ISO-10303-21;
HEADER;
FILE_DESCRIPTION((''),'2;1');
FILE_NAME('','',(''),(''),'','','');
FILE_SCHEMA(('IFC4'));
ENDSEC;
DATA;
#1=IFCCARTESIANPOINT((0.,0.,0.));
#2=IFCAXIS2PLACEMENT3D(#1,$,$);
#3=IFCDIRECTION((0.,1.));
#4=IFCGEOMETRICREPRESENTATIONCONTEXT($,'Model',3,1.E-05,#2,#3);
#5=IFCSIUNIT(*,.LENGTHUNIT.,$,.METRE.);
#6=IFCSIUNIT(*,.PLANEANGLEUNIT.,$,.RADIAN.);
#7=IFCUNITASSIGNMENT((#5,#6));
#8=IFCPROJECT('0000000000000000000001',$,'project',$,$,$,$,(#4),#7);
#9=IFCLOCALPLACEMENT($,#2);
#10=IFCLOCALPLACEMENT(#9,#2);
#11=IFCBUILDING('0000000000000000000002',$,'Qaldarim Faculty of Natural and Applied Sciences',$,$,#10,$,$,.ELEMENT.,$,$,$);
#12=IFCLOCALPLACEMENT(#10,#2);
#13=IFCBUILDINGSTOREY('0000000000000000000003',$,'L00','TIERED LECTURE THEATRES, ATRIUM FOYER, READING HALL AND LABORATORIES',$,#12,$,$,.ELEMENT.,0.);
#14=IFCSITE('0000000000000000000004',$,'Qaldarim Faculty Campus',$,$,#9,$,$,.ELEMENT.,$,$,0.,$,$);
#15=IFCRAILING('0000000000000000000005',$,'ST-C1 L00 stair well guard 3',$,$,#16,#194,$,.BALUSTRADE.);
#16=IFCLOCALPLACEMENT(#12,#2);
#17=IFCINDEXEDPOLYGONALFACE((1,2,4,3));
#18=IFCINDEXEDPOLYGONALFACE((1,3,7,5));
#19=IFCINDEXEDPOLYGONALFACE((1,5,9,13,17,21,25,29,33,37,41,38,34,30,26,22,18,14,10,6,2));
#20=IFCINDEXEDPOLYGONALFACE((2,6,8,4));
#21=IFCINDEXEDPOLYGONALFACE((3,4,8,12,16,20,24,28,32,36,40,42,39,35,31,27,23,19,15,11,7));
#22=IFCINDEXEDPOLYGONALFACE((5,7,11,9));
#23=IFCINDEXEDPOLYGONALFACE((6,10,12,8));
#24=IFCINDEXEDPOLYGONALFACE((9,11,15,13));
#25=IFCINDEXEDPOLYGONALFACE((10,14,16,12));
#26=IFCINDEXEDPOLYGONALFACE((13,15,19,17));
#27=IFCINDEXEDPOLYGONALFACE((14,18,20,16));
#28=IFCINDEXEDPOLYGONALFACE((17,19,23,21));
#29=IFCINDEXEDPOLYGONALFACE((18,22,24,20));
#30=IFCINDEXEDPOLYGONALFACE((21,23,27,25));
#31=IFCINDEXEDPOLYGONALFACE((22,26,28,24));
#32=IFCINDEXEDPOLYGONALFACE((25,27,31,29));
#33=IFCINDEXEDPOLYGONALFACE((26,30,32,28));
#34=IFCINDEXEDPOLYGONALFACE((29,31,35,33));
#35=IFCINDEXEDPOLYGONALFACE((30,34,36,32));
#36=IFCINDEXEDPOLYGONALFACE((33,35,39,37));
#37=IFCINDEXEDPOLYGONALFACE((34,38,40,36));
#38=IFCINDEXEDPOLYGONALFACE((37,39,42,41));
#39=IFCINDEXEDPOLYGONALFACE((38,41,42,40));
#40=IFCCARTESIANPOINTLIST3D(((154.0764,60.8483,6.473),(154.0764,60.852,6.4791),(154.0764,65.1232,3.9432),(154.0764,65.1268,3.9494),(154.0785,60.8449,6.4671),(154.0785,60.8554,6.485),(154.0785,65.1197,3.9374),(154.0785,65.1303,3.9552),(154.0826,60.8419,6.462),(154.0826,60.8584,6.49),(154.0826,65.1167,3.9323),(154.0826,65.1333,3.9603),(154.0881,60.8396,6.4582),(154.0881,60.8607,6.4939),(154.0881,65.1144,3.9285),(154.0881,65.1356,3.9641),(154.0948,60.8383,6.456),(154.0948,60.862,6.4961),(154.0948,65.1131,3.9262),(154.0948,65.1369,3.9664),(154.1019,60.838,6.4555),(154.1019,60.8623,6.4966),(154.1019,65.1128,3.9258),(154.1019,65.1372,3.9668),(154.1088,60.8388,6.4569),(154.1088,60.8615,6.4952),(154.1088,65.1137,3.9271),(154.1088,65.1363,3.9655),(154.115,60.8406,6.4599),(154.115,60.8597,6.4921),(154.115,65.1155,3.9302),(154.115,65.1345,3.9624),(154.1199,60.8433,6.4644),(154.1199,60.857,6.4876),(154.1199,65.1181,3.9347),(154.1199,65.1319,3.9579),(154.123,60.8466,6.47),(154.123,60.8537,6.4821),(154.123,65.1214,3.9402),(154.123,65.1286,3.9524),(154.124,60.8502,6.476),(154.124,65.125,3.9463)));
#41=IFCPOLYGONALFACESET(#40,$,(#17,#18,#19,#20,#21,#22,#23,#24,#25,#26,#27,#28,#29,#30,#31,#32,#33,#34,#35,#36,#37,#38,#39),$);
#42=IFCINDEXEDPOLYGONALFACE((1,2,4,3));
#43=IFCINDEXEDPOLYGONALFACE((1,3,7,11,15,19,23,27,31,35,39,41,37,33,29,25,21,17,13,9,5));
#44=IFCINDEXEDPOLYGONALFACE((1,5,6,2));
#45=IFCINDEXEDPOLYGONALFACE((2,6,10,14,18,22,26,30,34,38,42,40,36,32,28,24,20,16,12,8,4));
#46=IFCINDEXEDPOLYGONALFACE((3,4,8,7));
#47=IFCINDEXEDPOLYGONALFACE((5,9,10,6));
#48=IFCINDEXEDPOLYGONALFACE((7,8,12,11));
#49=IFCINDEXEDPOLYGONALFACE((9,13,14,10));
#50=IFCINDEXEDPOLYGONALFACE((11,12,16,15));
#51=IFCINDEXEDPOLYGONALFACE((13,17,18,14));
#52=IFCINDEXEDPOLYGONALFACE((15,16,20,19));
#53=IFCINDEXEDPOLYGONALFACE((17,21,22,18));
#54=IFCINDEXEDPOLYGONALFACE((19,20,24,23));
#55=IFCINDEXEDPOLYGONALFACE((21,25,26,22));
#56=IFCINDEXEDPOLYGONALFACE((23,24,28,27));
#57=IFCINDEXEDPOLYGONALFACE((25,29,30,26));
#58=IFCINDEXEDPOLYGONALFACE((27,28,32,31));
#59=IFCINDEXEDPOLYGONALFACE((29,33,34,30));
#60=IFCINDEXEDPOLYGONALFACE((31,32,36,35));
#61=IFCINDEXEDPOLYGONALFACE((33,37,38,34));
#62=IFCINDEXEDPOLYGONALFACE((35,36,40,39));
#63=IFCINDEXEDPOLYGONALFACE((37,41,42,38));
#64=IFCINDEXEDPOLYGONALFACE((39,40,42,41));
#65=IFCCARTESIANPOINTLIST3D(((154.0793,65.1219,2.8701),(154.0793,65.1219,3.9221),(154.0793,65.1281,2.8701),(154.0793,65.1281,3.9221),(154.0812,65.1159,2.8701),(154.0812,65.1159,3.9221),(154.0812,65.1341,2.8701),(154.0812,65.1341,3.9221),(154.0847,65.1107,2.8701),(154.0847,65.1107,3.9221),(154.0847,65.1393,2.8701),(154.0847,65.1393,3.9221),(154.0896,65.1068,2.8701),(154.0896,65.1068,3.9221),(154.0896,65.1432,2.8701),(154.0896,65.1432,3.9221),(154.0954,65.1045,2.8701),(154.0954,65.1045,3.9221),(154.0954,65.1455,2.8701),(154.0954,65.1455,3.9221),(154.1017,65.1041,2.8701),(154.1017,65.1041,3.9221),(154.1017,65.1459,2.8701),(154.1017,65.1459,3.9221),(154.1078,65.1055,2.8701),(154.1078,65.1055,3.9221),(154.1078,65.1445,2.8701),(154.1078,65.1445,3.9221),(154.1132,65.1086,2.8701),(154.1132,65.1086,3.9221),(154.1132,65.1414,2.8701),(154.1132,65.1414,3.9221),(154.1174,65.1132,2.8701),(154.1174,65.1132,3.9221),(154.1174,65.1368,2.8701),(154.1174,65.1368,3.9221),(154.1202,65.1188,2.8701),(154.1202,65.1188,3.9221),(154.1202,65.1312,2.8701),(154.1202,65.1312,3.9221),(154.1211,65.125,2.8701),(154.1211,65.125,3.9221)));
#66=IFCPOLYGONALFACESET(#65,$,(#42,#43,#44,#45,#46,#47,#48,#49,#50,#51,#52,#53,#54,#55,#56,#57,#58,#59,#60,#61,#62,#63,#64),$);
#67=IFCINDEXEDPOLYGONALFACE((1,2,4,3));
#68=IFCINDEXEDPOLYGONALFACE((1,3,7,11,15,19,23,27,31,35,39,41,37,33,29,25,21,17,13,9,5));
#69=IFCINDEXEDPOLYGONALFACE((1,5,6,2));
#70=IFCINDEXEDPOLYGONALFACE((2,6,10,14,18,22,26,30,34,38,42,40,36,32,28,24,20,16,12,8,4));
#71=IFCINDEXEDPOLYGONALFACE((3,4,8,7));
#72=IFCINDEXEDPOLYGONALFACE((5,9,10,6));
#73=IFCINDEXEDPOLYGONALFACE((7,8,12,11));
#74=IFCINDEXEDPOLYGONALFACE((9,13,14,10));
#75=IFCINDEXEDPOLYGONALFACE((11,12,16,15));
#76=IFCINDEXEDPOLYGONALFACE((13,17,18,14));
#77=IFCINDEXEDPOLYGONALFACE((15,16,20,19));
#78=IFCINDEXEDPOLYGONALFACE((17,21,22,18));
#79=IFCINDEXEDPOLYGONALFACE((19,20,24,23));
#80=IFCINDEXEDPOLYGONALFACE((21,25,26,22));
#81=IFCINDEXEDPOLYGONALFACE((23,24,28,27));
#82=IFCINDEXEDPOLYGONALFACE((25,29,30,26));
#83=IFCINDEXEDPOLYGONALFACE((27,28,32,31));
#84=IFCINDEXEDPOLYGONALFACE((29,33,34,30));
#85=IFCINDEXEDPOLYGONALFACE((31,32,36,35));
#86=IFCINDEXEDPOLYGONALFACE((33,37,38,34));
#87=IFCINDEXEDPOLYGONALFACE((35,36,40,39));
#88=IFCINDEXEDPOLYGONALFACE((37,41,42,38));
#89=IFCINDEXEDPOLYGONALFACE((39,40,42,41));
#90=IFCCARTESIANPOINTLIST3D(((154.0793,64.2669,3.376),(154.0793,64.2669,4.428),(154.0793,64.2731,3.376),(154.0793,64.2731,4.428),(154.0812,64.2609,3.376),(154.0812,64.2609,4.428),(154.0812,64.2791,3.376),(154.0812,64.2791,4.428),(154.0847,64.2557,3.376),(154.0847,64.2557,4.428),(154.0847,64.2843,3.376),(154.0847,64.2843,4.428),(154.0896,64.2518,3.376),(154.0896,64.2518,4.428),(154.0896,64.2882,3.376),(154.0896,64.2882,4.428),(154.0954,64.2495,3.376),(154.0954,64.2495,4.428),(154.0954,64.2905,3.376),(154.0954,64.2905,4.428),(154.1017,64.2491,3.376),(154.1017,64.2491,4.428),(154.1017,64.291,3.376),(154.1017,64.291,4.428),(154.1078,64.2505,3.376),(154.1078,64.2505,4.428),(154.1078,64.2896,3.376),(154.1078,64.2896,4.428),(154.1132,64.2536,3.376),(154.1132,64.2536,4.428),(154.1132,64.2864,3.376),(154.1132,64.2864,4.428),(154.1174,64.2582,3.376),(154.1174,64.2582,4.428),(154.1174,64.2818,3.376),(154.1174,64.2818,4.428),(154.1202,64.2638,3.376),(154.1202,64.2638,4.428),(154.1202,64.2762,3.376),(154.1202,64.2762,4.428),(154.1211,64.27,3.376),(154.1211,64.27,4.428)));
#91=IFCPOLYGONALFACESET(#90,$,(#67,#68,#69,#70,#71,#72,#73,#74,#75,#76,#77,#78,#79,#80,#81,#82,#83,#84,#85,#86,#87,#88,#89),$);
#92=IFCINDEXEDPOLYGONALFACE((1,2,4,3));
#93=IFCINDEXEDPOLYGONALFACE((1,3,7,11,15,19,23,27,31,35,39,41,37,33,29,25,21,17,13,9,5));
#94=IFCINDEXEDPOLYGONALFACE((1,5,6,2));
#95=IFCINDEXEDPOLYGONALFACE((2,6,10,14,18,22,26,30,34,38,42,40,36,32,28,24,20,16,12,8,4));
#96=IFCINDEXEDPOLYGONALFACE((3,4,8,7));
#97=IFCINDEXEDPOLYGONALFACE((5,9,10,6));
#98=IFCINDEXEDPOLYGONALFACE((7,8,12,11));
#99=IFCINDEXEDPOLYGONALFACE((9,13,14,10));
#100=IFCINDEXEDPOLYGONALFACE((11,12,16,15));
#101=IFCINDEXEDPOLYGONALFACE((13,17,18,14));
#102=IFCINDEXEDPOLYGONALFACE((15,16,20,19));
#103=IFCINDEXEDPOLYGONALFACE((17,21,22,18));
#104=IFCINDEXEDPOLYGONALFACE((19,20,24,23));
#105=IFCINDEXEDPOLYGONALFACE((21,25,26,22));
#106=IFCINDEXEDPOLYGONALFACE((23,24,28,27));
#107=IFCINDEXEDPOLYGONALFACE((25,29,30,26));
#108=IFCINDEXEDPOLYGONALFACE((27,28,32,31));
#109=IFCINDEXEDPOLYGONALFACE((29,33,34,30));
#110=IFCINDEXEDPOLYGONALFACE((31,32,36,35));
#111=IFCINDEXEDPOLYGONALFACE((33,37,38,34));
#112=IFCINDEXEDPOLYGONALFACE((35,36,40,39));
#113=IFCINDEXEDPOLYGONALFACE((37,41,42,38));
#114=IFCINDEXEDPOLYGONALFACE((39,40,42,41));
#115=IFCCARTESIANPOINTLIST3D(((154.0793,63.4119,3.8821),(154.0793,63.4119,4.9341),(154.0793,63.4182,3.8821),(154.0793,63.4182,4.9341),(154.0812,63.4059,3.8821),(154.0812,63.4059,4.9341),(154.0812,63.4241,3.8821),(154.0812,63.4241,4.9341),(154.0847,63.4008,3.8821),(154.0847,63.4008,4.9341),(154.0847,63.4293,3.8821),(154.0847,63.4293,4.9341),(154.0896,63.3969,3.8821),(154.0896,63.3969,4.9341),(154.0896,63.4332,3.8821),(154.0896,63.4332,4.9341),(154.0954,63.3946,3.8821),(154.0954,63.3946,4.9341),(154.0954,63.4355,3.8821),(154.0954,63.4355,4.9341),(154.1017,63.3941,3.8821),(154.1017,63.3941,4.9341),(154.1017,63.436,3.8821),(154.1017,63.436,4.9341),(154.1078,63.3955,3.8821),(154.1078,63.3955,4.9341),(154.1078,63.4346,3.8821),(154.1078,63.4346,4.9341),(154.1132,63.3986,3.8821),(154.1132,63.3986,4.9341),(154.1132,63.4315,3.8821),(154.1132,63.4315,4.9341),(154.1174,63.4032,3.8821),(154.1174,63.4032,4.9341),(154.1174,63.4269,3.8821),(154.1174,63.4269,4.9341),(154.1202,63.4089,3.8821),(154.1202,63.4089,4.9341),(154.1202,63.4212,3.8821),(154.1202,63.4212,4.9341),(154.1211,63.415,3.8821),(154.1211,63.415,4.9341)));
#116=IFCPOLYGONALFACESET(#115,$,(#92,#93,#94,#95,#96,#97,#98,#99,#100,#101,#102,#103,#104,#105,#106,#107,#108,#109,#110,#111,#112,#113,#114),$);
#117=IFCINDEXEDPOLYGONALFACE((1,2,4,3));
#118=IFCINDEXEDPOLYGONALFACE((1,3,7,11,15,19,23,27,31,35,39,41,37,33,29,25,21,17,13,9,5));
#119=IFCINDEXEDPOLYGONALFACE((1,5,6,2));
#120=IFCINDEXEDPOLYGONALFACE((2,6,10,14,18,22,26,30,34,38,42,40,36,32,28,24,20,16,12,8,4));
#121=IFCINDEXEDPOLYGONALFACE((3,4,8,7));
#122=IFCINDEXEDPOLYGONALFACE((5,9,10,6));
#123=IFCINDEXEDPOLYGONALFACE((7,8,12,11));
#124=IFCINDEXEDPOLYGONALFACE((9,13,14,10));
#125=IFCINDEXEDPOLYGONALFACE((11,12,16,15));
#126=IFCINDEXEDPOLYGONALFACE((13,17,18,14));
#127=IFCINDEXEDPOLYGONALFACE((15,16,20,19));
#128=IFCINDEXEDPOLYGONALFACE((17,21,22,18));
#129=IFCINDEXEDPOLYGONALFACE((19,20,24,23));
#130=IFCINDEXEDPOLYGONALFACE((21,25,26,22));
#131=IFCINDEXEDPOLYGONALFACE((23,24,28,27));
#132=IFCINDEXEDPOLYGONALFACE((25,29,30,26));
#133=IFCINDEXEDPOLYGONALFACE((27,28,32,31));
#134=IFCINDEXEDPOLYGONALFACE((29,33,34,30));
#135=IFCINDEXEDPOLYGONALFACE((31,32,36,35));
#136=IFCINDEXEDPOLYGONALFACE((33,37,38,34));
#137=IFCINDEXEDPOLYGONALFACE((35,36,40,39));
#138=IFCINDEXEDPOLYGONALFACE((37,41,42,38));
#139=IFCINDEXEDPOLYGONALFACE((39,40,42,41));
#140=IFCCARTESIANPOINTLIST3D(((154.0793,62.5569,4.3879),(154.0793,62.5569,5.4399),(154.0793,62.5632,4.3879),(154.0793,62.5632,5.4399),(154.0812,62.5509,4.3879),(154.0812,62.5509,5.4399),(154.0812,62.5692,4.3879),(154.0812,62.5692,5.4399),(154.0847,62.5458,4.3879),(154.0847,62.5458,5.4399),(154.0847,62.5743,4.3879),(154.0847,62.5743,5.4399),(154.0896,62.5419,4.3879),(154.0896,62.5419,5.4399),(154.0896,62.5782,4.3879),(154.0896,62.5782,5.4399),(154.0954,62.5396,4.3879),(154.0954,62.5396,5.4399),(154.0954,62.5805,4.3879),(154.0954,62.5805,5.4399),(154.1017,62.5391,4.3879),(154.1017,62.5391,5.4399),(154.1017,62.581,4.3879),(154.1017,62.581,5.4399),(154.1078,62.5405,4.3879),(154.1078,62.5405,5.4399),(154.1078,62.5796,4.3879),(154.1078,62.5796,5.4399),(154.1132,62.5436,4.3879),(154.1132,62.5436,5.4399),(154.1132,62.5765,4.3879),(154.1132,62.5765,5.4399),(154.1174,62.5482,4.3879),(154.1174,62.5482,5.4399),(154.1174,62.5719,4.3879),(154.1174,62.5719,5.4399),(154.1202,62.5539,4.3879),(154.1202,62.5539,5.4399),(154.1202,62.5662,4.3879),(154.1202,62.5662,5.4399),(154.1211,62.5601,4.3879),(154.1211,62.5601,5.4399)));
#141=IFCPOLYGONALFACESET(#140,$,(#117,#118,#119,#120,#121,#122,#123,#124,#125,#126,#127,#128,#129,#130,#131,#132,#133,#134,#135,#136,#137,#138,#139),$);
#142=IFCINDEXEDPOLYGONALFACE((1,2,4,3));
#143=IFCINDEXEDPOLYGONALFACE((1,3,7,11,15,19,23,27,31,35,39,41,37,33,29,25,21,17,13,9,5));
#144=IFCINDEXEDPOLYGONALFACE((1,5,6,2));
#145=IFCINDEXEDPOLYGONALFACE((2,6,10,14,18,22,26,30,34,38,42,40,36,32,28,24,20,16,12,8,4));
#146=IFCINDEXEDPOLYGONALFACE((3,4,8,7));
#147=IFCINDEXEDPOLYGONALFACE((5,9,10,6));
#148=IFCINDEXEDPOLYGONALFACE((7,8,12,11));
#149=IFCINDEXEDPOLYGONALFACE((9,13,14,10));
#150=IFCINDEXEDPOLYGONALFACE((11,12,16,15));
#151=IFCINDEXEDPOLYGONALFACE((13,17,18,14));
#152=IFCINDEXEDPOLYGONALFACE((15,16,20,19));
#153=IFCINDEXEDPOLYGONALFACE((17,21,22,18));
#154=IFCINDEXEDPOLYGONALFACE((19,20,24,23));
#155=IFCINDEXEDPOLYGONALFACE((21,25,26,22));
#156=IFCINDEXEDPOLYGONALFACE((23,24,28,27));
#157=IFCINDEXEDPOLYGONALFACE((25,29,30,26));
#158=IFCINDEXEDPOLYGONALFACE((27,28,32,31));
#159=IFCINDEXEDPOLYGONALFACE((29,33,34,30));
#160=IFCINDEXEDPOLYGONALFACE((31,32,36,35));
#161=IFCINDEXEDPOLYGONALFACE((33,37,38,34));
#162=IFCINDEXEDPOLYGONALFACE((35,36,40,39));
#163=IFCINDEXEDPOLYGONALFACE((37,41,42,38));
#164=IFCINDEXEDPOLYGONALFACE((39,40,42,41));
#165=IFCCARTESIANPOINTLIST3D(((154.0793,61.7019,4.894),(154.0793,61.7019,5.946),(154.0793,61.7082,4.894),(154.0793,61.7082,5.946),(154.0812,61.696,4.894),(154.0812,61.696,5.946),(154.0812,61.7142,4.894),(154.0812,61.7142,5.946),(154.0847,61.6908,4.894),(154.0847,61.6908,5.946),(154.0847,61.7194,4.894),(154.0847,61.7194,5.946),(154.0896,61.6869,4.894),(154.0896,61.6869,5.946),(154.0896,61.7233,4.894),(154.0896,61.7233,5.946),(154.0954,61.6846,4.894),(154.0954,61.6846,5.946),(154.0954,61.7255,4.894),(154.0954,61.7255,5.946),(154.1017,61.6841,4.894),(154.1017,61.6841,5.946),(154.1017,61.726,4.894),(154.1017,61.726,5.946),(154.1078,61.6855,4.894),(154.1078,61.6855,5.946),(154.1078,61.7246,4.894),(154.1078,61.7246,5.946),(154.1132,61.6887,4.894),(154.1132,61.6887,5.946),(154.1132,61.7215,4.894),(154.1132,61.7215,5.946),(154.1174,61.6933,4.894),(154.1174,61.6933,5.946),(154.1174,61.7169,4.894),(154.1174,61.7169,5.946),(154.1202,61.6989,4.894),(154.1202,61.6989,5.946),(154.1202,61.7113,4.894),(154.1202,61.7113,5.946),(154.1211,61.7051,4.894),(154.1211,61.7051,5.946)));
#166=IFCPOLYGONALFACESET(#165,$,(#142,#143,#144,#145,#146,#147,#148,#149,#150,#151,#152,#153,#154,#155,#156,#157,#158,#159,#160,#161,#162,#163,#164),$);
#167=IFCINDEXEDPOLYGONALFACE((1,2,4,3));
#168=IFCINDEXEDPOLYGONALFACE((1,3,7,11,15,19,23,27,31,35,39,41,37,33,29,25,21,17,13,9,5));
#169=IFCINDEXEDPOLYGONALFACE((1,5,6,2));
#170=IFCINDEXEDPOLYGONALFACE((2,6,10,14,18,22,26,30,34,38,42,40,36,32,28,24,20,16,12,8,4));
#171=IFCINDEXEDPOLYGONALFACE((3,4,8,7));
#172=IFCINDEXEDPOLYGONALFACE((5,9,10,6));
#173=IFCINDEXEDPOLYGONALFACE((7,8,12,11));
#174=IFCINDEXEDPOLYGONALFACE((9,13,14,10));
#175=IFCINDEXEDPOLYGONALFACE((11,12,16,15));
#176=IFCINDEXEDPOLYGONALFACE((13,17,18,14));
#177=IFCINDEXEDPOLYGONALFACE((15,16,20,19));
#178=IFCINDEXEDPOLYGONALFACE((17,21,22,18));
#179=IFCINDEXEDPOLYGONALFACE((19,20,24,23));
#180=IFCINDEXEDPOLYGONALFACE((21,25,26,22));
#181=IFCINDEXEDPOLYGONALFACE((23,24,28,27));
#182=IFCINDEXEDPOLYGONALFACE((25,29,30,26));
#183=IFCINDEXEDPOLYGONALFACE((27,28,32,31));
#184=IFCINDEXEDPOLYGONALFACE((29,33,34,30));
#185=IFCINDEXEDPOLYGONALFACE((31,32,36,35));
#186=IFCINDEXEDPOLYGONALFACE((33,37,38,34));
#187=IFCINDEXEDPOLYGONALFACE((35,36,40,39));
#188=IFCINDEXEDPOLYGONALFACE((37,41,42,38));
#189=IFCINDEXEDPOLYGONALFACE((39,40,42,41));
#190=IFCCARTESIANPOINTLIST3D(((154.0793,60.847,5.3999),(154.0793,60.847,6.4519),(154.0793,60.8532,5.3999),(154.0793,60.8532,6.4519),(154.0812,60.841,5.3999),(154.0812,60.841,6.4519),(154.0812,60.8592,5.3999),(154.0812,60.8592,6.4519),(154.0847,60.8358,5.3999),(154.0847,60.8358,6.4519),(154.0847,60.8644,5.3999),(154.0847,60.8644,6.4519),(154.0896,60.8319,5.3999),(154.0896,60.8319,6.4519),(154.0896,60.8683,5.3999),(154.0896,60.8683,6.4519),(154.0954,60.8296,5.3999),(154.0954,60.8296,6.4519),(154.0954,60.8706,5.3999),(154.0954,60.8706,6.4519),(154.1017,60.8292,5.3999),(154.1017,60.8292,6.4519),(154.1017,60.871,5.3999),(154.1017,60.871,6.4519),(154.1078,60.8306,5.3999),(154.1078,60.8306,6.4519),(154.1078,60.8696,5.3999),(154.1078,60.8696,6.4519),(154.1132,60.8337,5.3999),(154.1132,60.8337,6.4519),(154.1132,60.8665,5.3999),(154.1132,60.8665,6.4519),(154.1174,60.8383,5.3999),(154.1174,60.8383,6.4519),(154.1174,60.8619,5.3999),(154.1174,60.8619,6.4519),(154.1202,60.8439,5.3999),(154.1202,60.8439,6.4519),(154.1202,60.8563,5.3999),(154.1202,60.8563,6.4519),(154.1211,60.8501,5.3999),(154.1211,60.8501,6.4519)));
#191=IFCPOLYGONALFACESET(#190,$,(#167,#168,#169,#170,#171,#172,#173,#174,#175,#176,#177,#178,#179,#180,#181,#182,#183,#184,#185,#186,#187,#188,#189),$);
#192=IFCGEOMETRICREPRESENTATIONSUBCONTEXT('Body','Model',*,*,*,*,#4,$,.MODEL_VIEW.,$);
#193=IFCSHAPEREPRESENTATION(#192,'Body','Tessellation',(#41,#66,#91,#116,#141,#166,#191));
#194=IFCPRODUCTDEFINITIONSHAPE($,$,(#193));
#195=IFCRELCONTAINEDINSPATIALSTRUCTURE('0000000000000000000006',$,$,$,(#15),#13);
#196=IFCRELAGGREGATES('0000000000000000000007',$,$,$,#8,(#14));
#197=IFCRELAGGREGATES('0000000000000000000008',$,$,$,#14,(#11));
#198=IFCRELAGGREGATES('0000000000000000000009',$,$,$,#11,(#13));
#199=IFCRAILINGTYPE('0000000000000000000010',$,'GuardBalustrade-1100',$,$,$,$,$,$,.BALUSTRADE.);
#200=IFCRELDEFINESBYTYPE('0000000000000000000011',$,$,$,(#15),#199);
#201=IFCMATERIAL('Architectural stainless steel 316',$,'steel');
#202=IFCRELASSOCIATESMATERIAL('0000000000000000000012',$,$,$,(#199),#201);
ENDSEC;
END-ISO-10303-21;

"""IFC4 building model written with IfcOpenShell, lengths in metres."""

from ifc_helpers import new_model, si_unit, direction, frame, origin, origin_2d, place, context, subcontext, project, spatial, circle, extrude, material, type_object, element, save


model = new_model("IFC4")

# Units and contexts
model_context = context("Model", 3, precision=1e-05, world=origin(), true_north=direction((0.0, 1.0)))
body_context = subcontext(model_context, "Body", "Model", "MODEL_VIEW")
ifc_project = project(units=[si_unit("LENGTHUNIT", "METRE"), si_unit("PLANEANGLEUNIT", "RADIAN")], contexts=[model_context])

# Site, building, storey
site_placement = place(None, origin())
site = spatial("IfcSite", under=ifc_project, at=site_placement, Name="Qaldarim Faculty Campus", CompositionType="ELEMENT", RefElevation=0.0)
building_placement = place(site_placement, origin())
building = spatial("IfcBuilding", under=site, at=building_placement, Name="Qaldarim Faculty of Natural and Applied Sciences", CompositionType="ELEMENT")
storey_placement = place(building_placement, origin())
storey = spatial("IfcBuildingStorey", under=building, at=storey_placement, Name="L00", Description="TIERED LECTURE THEATRES, ATRIUM FOYER, READING HALL AND LABORATORIES", CompositionType="ELEMENT", Elevation=0.0)

# Railing
ifc_material_1 = material(Name="Architectural stainless steel 316", Category="steel")
railing_type_1 = type_object("IfcRailingType", Name="GuardBalustrade-1100", PredefinedType="BALUSTRADE", material=ifc_material_1)
railing_1_placement = place(storey_placement, frame((154.1001, 65.125, 2.8701)))
element("IfcRailing", 1, at=railing_1_placement, inside=storey, type_object=railing_type_1, Name="ST-C1 L00 stair well guard 3", PredefinedType="BALUSTRADE", context=body_context, shape_type="SweptSolid", body=[
    extrude(circle(Radius=0.0239, at=origin_2d()), frame((0.0, 0.0, 1.0762), z_axis=(0.0, -0.8606, 0.509282), x_axis=(1.0, 0.0, 0.0)), (0.0, 0.0, 1.0), 4.9673),
    extrude(circle(Radius=0.021, at=origin_2d()), origin(), (0.0, 0.0, 1.0), 1.052),
    extrude(circle(Radius=0.021, at=origin_2d()), frame((0.0, -0.855, 0.5059)), (0.0, 0.0, 1.0), 1.052),
    extrude(circle(Radius=0.021, at=origin_2d()), frame((0.0, -1.71, 1.012)), (0.0, 0.0, 1.0), 1.052),
    extrude(circle(Radius=0.021, at=origin_2d()), frame((0.0, -2.5649, 1.5178)), (0.0, 0.0, 1.0), 1.052),
    extrude(circle(Radius=0.021, at=origin_2d()), frame((0.0, -3.4199, 2.0239)), (0.0, 0.0, 1.0), 1.052),
    extrude(circle(Radius=0.021, at=origin_2d()), frame((0.0, -4.2749, 2.5298)), (0.0, 0.0, 1.0), 1.052),
])

save(model, "model.ifc")
